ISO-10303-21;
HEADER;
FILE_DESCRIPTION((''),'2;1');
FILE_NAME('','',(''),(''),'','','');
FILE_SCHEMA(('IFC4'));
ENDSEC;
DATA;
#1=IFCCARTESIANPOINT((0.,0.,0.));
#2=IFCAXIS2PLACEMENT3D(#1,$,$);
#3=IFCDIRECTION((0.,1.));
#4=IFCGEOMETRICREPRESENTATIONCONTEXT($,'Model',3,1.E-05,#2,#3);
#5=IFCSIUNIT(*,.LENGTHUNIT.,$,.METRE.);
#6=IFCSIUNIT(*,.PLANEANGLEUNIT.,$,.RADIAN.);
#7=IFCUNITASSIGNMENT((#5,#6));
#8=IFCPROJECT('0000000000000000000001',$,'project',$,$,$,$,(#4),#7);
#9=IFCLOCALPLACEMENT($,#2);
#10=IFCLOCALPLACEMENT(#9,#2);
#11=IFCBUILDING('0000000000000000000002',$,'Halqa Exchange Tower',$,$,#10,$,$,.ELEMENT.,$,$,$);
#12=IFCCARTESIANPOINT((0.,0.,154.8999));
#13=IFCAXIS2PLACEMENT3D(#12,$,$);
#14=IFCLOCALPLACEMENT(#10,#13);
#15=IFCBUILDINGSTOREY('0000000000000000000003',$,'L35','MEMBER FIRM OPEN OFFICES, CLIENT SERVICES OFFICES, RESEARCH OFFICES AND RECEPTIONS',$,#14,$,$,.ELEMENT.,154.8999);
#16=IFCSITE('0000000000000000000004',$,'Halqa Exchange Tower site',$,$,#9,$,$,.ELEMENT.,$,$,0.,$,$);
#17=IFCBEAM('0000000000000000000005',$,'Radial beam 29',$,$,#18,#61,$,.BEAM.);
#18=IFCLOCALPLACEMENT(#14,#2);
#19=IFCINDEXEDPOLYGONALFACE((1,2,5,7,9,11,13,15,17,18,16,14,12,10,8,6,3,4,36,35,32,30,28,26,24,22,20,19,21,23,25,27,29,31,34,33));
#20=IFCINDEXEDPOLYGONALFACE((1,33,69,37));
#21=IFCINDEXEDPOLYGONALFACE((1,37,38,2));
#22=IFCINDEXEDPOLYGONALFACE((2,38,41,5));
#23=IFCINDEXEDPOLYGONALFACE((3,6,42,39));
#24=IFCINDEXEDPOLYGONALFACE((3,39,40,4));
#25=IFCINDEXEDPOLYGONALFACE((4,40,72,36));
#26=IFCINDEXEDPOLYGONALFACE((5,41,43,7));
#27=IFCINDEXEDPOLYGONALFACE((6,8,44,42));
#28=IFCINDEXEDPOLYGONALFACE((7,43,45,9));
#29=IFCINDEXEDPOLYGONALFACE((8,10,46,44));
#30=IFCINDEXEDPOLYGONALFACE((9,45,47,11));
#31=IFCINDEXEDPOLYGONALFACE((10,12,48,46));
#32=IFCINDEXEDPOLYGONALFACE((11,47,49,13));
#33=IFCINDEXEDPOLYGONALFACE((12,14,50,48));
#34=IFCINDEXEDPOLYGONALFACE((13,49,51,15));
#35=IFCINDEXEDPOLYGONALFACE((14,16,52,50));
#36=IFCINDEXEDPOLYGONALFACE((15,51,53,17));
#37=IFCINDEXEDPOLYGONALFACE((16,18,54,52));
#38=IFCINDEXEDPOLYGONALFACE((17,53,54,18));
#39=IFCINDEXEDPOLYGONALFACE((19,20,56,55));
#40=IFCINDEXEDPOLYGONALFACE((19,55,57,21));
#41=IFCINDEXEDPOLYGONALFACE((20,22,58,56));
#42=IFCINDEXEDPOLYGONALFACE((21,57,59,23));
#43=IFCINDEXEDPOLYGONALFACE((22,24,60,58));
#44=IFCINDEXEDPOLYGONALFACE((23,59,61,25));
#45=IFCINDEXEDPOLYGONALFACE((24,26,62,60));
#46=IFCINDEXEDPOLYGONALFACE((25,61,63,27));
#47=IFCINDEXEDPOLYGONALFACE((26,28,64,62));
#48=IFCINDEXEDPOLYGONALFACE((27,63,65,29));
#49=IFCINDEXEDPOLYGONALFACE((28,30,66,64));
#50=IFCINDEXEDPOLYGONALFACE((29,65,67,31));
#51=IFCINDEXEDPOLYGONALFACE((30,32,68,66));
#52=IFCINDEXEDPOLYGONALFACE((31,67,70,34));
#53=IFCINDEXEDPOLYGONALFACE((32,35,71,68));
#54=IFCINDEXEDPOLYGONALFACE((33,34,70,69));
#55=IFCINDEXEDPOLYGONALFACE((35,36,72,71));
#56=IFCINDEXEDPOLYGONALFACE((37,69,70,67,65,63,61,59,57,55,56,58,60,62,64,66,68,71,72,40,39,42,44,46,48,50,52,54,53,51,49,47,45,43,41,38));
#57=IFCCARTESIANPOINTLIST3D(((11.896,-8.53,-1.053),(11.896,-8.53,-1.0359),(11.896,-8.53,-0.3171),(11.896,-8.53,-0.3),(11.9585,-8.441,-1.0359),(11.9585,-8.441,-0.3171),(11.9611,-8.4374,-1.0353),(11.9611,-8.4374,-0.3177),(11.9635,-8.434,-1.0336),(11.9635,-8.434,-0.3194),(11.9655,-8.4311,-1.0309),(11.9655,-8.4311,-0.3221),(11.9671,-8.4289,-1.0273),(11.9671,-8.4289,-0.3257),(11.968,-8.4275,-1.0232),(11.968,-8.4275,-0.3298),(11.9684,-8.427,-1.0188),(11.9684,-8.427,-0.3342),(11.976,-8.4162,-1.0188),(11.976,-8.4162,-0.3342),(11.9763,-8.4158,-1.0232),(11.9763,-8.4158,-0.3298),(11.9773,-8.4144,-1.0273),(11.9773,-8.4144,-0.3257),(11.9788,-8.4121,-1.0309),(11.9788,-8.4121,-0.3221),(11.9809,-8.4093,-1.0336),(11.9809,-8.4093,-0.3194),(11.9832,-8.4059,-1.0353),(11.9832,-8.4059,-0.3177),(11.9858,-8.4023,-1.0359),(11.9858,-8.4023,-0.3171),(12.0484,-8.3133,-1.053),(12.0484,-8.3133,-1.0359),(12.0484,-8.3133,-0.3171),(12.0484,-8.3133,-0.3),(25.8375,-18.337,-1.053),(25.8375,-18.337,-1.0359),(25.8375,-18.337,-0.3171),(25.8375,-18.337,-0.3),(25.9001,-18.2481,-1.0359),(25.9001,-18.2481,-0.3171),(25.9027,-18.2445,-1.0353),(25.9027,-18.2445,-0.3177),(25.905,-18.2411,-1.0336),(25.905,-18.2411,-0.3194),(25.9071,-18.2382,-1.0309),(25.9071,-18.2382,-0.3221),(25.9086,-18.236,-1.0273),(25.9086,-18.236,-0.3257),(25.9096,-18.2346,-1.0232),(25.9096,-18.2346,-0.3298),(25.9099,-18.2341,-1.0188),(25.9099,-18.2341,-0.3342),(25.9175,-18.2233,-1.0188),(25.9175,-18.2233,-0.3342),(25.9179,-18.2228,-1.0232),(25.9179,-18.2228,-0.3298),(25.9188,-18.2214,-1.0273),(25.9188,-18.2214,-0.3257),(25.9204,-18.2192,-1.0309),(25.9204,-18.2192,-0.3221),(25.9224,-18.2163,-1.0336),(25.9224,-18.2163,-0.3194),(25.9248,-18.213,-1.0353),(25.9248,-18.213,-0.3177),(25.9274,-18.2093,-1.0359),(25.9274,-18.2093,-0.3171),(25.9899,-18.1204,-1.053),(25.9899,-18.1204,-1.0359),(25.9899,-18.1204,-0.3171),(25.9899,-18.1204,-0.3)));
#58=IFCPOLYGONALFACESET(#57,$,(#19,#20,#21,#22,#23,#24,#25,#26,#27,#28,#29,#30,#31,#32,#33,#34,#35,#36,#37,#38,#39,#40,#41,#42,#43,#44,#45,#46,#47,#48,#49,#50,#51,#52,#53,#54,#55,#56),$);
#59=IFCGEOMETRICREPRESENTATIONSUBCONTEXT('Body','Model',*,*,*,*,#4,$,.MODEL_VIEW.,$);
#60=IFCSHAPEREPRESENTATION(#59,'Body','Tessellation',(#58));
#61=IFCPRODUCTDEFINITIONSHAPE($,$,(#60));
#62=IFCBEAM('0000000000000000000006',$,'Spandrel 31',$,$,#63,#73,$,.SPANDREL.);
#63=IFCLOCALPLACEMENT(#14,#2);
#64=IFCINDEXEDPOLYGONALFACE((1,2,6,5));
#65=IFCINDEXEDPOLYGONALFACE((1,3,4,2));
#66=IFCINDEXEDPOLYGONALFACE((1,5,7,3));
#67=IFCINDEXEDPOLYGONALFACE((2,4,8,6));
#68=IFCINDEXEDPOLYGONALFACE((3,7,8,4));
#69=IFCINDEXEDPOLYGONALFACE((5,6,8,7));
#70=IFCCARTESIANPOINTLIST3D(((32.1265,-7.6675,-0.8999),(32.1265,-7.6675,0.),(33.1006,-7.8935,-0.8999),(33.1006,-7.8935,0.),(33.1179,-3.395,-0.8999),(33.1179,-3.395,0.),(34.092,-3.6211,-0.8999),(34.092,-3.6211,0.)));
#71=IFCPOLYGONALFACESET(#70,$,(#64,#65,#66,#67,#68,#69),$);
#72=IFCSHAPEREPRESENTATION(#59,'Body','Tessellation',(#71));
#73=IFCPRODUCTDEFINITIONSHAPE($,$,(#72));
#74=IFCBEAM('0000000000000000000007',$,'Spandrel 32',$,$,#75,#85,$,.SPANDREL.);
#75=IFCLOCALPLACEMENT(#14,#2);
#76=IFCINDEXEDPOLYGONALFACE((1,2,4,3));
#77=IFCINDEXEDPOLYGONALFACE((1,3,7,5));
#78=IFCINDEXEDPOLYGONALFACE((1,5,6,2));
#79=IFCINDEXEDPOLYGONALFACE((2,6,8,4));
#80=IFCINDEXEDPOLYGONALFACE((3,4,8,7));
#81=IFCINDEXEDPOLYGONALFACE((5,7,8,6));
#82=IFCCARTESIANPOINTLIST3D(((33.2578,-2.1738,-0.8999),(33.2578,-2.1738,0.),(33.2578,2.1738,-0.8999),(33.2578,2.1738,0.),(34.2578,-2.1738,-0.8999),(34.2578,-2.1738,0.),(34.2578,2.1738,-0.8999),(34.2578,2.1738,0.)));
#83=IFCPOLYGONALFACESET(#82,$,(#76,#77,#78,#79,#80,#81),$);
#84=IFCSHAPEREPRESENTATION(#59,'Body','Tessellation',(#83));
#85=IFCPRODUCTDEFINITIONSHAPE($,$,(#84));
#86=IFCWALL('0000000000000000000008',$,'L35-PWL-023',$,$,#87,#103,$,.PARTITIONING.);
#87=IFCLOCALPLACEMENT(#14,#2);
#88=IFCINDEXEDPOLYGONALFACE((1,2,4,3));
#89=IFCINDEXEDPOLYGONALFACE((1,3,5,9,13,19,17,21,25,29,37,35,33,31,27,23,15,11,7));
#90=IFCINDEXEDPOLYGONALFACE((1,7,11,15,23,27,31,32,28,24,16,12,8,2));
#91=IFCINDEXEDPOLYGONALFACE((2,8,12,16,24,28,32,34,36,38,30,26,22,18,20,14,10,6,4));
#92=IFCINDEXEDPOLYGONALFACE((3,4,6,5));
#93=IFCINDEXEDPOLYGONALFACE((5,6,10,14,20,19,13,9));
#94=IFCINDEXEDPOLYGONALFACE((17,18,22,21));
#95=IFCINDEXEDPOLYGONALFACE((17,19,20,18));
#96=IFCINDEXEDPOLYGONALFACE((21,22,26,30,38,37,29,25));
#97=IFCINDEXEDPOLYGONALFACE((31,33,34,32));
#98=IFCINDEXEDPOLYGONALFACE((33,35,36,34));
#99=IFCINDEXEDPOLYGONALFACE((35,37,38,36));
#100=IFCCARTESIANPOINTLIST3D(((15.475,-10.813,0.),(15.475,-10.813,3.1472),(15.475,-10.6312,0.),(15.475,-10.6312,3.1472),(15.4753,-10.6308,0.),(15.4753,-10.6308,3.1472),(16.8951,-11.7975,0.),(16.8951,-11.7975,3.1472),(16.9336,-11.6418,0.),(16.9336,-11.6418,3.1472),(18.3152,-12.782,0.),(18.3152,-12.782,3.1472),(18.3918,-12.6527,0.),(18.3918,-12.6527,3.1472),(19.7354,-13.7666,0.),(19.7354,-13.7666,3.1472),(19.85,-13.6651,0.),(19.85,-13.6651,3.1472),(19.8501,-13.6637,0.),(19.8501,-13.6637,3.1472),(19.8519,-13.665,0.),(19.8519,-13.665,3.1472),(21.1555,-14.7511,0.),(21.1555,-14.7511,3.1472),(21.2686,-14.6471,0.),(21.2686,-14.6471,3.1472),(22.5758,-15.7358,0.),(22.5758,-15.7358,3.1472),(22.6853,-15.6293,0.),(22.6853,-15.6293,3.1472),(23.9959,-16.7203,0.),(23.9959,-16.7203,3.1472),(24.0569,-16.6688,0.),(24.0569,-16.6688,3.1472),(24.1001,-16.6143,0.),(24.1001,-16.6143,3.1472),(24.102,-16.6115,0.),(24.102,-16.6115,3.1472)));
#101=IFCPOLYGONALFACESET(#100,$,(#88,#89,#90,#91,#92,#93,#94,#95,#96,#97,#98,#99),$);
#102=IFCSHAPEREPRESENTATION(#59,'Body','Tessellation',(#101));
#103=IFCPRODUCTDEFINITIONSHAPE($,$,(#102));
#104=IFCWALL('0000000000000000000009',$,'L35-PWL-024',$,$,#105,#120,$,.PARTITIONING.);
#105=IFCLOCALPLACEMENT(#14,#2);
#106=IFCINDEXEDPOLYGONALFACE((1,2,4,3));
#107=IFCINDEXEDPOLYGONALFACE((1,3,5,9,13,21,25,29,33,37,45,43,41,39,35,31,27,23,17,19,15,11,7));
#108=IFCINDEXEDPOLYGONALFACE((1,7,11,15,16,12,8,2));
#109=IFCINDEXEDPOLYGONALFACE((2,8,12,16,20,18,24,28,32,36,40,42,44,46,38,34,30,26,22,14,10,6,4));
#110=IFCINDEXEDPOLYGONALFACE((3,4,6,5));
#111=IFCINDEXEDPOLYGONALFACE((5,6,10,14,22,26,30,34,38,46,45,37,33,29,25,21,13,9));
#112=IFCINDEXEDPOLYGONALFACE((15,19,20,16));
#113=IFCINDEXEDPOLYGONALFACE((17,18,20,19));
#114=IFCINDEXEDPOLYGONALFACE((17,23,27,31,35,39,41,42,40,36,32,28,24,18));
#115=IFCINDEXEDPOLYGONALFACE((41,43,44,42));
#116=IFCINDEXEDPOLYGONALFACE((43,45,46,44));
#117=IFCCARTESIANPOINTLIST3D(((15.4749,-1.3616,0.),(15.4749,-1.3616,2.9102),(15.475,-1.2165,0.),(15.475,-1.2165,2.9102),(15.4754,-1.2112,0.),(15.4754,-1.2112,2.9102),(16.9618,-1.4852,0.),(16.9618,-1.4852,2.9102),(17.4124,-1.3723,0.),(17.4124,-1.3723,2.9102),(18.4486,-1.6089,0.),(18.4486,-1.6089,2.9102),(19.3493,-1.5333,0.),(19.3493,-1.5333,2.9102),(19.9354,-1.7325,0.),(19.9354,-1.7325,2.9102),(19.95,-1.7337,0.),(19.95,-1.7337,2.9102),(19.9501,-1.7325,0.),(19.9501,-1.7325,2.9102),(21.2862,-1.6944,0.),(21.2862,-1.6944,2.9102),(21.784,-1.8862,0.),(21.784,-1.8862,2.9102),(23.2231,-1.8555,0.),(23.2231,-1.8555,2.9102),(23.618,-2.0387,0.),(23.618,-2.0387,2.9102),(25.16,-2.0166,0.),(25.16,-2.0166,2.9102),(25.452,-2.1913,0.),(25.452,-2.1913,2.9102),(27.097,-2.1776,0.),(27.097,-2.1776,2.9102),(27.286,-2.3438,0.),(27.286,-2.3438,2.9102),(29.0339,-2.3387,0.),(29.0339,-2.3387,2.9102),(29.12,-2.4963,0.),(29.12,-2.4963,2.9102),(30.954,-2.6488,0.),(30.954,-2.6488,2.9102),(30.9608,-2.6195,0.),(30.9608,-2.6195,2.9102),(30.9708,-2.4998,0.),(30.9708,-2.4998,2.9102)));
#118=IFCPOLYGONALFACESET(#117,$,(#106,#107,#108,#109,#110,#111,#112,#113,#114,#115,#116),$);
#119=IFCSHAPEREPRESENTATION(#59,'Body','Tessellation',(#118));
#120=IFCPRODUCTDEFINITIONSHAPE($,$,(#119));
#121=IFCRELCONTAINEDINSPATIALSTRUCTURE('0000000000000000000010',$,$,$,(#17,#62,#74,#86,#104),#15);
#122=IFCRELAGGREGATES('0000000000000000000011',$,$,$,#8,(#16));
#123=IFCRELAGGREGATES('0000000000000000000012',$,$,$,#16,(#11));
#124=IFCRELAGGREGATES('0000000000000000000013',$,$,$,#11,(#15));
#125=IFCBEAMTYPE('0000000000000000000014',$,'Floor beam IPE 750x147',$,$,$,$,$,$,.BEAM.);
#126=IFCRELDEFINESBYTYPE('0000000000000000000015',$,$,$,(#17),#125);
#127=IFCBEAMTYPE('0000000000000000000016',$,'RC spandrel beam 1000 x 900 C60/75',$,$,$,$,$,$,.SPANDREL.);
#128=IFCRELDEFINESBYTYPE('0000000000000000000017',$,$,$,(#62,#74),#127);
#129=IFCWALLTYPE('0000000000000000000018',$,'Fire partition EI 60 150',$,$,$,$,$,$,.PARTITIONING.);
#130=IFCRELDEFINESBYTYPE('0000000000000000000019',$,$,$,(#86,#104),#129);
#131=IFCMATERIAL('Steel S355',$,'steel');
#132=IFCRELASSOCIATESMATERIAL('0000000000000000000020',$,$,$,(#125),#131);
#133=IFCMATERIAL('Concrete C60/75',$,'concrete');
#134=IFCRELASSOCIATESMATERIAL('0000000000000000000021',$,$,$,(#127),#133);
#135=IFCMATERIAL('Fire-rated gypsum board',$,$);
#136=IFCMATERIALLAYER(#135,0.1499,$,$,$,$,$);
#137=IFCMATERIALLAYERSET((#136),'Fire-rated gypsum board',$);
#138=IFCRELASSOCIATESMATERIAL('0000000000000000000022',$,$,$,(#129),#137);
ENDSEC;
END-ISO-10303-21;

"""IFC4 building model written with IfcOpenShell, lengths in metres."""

from ifc_helpers import new_model, si_unit, direction, frame, origin, origin_2d, place, context, subcontext, project, spatial, polyline, rectangle, i_section, outline, extrude, material, layer, layer_set, material_profile, profile_set, type_object, element, save


model = new_model("IFC4")

# Units and contexts
model_context = context("Model", 3, precision=1e-05, world=origin(), true_north=direction((0.0, 1.0)))
body_context = subcontext(model_context, "Body", "Model", "MODEL_VIEW")
ifc_project = project(units=[si_unit("LENGTHUNIT", "METRE"), si_unit("PLANEANGLEUNIT", "RADIAN")], contexts=[model_context])

# Site, building, storey
site_placement = place(None, origin())
site = spatial("IfcSite", under=ifc_project, at=site_placement, Name="Halqa Exchange Tower site", CompositionType="ELEMENT", RefElevation=0.0)
building_placement = place(site_placement, origin())
building = spatial("IfcBuilding", under=site, at=building_placement, Name="Halqa Exchange Tower", CompositionType="ELEMENT")
storey_placement = place(building_placement, frame((0.0, 0.0, 154.8999)))
storey = spatial("IfcBuildingStorey", under=building, at=storey_placement, Name="L35", Description="MEMBER FIRM OPEN OFFICES, CLIENT SERVICES OFFICES, RESEARCH OFFICES AND RECEPTIONS", CompositionType="ELEMENT", Elevation=154.8999)

# Beams
ifc_material_1 = material(Name="Steel S355", Category="steel")
ifc_material_profile_1 = material_profile(ifc_material_1, i_section(OverallWidth=0.2649, OverallDepth=0.7529, WebThickness=0.0132, FlangeThickness=0.0171, FilletRadius=0.0171, at=origin_2d()), Name="IPE 750x147")
ifc_profile_set_1 = profile_set([ifc_material_profile_1], Name="Steel S355")
beam_type_1 = type_object("IfcBeamType", Name="Floor beam IPE 750x147", PredefinedType="BEAM", material=ifc_profile_set_1)
beam_1_placement = place(storey_placement, frame((11.9722, -8.4216, -0.6765), z_axis=(0.817908, -0.57535, 0.0), x_axis=(0.57535, 0.817908, 0.0)))
element("IfcBeam", 1, at=beam_1_placement, inside=storey, type_object=beam_type_1, Name="Radial beam 29", PredefinedType="BEAM", context=body_context, shape_type="SweptSolid", body=[
    extrude(i_section(OverallWidth=0.2649, OverallDepth=0.7529, WebThickness=0.0132, FlangeThickness=0.0171, FilletRadius=0.0171, at=origin_2d()), origin(), (0.0, 0.0, 1.0), 17.0454),
])
ifc_material_2 = material(Name="Concrete C60/75", Category="concrete")
ifc_material_profile_2 = material_profile(ifc_material_2, rectangle(XDim=1.0, YDim=0.8999, at=origin_2d()), Name="1000 x 900")
ifc_profile_set_2 = profile_set([ifc_material_profile_2], Name="Concrete C60/75")
beam_type_2 = type_object("IfcBeamType", Name="RC spandrel beam 1000 x 900 C60/75", PredefinedType="SPANDREL", material=ifc_profile_set_2)
beam_2_placement = place(storey_placement, frame((32.6135, -7.7805, -0.45), z_axis=(0.22605, 0.974116, 0.0), x_axis=(-0.974116, 0.22605, 0.0)))
element("IfcBeam", 2, at=beam_2_placement, inside=storey, type_object=beam_type_2, Name="Spandrel 31", PredefinedType="SPANDREL", context=body_context, shape_type="SweptSolid", body=[
    extrude(rectangle(XDim=1.0, YDim=0.8999, at=origin_2d()), origin(), (0.0, 0.0, 1.0), 4.386),
])
beam_3_placement = place(storey_placement, frame((33.7578, -2.1738, -0.45), z_axis=(0.0, 1.0, 0.0), x_axis=(-1.0, 0.0, 0.0)))
element("IfcBeam", 3, at=beam_3_placement, inside=storey, type_object=beam_type_2, Name="Spandrel 32", PredefinedType="SPANDREL", context=body_context, shape_type="SweptSolid", body=[
    extrude(rectangle(XDim=1.0, YDim=0.8999, at=origin_2d()), origin(), (0.0, 0.0, 1.0), 4.3477),
])

# Walls
ifc_material_3 = material(Name="Fire-rated gypsum board")
ifc_layer_1 = layer(ifc_material_3, 0.1499)
ifc_layer_set_1 = layer_set([ifc_layer_1], Name="Fire-rated gypsum board")
wall_type_1 = type_object("IfcWallType", Name="Fire partition EI 60 150", PredefinedType="PARTITIONING", material=ifc_layer_set_1)
wall_1_placement = place(storey_placement, frame((15.4326, -10.6924, 0.0), z_axis=(0.0, 0.0, 1.0), x_axis=(0.821819, -0.569749, 0.0)))
element("IfcWall", 4, at=wall_1_placement, inside=storey, type_object=wall_type_1, Name="L35-PWL-023", PredefinedType="PARTITIONING", context=body_context, shape_type="SweptSolid", body=[
    extrude(outline(polyline([(0.1035, -0.075), (1.8315, -0.075), (3.5596, -0.075), (5.2876, -0.075), (7.0156, -0.075), (8.7439, -0.075), (10.4719, -0.075), (10.4927, 0.0022), (10.4971, 0.0715), (10.4971, 0.075), (8.7732, 0.075), (7.0493, 0.075), (5.3254, 0.075), (5.324, 0.0737), (5.3232, 0.075), (3.5488, 0.075), (1.7744, 0.075), (0.0, 0.075), (0.0, 0.0745), (0.1035, -0.075)])), origin(), (0.0, 0.0, 1.0), 3.1472),
])
wall_2_placement = place(storey_placement, frame((15.4692, -1.2859, 0.0), z_axis=(0.0, 0.0, 1.0), x_axis=(0.99656, -0.082873, 0.0)))
element("IfcWall", 5, at=wall_2_placement, inside=storey, type_object=wall_type_1, Name="L35-PWL-024", PredefinedType="PARTITIONING", context=body_context, shape_type="SweptSolid", body=[
    extrude(outline(polyline([(0.012, -0.075), (1.5039, -0.075), (2.9958, -0.075), (4.4878, -0.075), (4.5024, -0.0737), (4.5024, -0.075), (6.3428, -0.075), (8.1831, -0.075), (10.0234, -0.075), (11.8638, -0.075), (13.7041, -0.075), (15.5444, -0.075), (15.5488, -0.0452), (15.5488, 0.075), (13.6052, 0.075), (11.6616, 0.075), (9.718, 0.075), (7.7744, 0.075), (5.8308, 0.075), (3.8872, 0.075), (1.9436, 0.075), (0.0, 0.075), (0.0, 0.0696), (0.012, -0.075)])), origin(), (0.0, 0.0, 1.0), 2.9102),
])

save(model, "model.ifc")
